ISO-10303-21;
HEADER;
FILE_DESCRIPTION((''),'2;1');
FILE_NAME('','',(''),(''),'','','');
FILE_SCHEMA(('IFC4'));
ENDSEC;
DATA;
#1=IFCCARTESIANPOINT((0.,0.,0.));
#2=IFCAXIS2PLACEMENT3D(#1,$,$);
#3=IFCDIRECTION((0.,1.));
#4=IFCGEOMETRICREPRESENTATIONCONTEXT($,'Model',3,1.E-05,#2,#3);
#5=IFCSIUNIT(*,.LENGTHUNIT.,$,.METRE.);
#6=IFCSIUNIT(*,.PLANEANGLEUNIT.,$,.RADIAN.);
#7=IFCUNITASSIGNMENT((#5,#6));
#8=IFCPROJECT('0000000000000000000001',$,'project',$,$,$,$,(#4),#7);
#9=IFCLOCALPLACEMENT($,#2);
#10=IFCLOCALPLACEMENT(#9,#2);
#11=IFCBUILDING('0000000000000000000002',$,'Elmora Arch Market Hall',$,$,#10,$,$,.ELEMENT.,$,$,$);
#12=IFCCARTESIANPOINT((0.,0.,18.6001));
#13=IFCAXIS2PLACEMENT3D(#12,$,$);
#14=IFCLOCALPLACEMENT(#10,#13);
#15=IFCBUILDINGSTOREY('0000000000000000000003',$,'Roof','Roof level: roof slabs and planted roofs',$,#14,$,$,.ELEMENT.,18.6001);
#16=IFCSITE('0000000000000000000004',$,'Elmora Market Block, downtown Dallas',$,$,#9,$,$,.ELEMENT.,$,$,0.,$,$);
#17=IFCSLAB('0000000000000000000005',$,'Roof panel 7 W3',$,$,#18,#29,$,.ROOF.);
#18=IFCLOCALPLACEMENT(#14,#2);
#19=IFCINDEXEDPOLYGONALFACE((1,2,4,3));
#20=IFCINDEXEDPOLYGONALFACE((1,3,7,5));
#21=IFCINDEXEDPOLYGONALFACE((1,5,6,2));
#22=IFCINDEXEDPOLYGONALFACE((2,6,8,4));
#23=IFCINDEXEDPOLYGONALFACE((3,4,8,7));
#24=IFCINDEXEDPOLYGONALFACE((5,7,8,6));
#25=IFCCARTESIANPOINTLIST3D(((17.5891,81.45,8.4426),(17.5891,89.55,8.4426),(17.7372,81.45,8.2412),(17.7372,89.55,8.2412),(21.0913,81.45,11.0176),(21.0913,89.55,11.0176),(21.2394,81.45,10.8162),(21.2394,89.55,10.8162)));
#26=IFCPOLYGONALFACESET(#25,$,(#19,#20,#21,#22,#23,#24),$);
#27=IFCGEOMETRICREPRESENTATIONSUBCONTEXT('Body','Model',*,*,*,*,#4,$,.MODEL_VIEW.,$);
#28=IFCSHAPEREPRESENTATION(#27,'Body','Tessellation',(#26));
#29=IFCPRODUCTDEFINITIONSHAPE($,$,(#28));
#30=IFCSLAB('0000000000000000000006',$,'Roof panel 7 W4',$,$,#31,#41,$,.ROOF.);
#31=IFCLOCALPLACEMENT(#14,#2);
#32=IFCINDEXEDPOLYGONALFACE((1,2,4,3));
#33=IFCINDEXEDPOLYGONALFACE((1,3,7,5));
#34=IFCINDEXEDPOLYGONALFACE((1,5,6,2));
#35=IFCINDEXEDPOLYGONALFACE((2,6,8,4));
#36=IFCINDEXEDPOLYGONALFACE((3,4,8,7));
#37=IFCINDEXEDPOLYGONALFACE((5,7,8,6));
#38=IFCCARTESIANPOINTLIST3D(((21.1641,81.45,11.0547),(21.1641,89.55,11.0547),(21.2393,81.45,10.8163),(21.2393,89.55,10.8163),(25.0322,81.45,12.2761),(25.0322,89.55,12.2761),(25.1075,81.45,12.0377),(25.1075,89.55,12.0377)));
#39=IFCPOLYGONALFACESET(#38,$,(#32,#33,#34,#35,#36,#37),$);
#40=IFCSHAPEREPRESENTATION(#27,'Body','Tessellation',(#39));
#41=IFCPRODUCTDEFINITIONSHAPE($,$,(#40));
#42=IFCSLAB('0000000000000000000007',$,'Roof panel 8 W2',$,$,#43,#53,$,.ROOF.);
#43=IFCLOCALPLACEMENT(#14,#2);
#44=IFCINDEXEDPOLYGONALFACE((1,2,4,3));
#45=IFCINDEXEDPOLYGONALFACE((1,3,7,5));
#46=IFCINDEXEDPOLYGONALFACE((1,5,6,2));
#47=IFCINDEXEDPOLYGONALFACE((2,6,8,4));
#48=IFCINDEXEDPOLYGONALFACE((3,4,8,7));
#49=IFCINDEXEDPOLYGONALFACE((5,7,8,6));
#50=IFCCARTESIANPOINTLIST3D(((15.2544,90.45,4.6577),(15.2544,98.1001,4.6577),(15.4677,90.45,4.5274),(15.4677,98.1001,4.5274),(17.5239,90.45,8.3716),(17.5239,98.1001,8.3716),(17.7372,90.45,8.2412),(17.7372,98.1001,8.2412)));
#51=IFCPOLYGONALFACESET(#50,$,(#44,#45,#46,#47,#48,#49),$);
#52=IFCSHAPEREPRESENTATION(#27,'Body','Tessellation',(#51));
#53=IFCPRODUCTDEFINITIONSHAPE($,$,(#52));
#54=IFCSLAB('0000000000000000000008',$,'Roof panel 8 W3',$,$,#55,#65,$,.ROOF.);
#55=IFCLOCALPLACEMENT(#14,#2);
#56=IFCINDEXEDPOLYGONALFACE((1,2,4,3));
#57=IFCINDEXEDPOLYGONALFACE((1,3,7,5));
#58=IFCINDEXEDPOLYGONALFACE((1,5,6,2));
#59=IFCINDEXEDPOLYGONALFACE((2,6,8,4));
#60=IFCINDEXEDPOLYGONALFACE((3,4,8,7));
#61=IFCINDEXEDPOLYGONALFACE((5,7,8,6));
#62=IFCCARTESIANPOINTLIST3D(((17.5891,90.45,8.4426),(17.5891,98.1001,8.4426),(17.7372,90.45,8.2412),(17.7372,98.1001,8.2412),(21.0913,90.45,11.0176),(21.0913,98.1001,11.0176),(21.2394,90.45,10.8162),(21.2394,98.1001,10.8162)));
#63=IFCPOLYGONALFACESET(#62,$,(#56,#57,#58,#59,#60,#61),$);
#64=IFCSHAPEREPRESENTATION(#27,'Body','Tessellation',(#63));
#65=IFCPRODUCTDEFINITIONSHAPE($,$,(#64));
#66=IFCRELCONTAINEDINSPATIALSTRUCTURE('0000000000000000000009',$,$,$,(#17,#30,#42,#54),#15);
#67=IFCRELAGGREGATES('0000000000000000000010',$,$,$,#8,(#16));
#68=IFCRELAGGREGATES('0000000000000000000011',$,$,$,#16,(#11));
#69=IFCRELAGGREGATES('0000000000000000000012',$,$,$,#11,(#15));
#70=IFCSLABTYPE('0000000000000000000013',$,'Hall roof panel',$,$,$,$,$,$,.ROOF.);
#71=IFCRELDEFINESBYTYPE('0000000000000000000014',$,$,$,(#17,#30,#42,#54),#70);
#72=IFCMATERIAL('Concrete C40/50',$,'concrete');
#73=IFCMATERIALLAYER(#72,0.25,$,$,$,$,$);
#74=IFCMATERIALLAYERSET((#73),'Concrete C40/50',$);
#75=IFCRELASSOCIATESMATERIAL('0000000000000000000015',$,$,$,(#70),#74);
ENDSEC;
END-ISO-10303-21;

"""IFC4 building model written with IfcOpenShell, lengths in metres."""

from ifc_helpers import new_model, si_unit, direction, frame, origin, place, context, subcontext, project, spatial, polyline, outline, extrude, material, layer, layer_set, type_object, element, save


model = new_model("IFC4")

# Units and contexts
model_context = context("Model", 3, precision=1e-05, world=origin(), true_north=direction((0.0, 1.0)))
body_context = subcontext(model_context, "Body", "Model", "MODEL_VIEW")
ifc_project = project(units=[si_unit("LENGTHUNIT", "METRE"), si_unit("PLANEANGLEUNIT", "RADIAN")], contexts=[model_context])

# Site, building, storey
site_placement = place(None, origin())
site = spatial("IfcSite", under=ifc_project, at=site_placement, Name="Elmora Market Block, downtown Dallas", CompositionType="ELEMENT", RefElevation=0.0)
building_placement = place(site_placement, origin())
building = spatial("IfcBuilding", under=site, at=building_placement, Name="Elmora Arch Market Hall", CompositionType="ELEMENT")
storey_placement = place(building_placement, frame((0.0, 0.0, 18.6001)))
storey = spatial("IfcBuildingStorey", under=building, at=storey_placement, Name="Roof", Description="Roof level: roof slabs and planted roofs", CompositionType="ELEMENT", Elevation=18.6001)

# Slabs
ifc_material_1 = material(Name="Concrete C40/50", Category="concrete")
ifc_layer_1 = layer(ifc_material_1, 0.25)
ifc_layer_set_1 = layer_set([ifc_layer_1], Name="Concrete C40/50")
slab_type = type_object("IfcSlabType", Name="Hall roof panel", PredefinedType="ROOF", material=ifc_layer_set_1)
slab_1_placement = place(storey_placement, frame((17.5891, 81.45, 8.4426), z_axis=(-0.592362, 0.0, 0.805672), x_axis=(0.0, 1.0, 0.0)))
element("IfcSlab", 1, at=slab_1_placement, inside=storey, type_object=slab_type, Name="Roof panel 7 W3", PredefinedType="ROOF", context=body_context, shape_type="SweptSolid", body=[
    extrude(outline(polyline([(0.0, 0.0), (8.1001, 0.0), (8.1001, -4.3469), (0.0, -4.3469), (0.0, 0.0)])), origin(), (0.0, 0.0, -1.0), 0.25),
])
slab_2_placement = place(storey_placement, frame((21.1641, 81.45, 11.0547), z_axis=(-0.301111, 0.0, 0.953589), x_axis=(0.0, 1.0, 0.0)))
element("IfcSlab", 2, at=slab_2_placement, inside=storey, type_object=slab_type, Name="Roof panel 7 W4", PredefinedType="ROOF", context=body_context, shape_type="SweptSolid", body=[
    extrude(outline(polyline([(0.0, 0.0), (8.1001, 0.0), (8.1001, -4.0564), (0.0, -4.0564), (0.0, 0.0)])), origin(), (0.0, 0.0, -1.0), 0.25),
])
slab_3_placement = place(storey_placement, frame((15.2544, 90.45, 4.6577), z_axis=(-0.853287, 0.0, 0.521441), x_axis=(0.0, 1.0, 0.0)))
element("IfcSlab", 3, at=slab_3_placement, inside=storey, type_object=slab_type, Name="Roof panel 8 W2", PredefinedType="ROOF", context=body_context, shape_type="SweptSolid", body=[
    extrude(outline(polyline([(0.0, 0.0), (7.6501, 0.0), (7.6501, -4.3524), (0.0, -4.3524), (0.0, 0.0)])), origin(), (0.0, 0.0, -1.0), 0.25),
])
slab_4_placement = place(storey_placement, frame((17.5891, 90.45, 8.4426), z_axis=(-0.592362, 0.0, 0.805672), x_axis=(0.0, 1.0, 0.0)))
element("IfcSlab", 4, at=slab_4_placement, inside=storey, type_object=slab_type, Name="Roof panel 8 W3", PredefinedType="ROOF", context=body_context, shape_type="SweptSolid", body=[
    extrude(outline(polyline([(0.0, 0.0), (7.6501, 0.0), (7.6501, -4.3469), (0.0, -4.3469), (0.0, 0.0)])), origin(), (0.0, 0.0, -1.0), 0.25),
])

save(model, "model.ifc")
